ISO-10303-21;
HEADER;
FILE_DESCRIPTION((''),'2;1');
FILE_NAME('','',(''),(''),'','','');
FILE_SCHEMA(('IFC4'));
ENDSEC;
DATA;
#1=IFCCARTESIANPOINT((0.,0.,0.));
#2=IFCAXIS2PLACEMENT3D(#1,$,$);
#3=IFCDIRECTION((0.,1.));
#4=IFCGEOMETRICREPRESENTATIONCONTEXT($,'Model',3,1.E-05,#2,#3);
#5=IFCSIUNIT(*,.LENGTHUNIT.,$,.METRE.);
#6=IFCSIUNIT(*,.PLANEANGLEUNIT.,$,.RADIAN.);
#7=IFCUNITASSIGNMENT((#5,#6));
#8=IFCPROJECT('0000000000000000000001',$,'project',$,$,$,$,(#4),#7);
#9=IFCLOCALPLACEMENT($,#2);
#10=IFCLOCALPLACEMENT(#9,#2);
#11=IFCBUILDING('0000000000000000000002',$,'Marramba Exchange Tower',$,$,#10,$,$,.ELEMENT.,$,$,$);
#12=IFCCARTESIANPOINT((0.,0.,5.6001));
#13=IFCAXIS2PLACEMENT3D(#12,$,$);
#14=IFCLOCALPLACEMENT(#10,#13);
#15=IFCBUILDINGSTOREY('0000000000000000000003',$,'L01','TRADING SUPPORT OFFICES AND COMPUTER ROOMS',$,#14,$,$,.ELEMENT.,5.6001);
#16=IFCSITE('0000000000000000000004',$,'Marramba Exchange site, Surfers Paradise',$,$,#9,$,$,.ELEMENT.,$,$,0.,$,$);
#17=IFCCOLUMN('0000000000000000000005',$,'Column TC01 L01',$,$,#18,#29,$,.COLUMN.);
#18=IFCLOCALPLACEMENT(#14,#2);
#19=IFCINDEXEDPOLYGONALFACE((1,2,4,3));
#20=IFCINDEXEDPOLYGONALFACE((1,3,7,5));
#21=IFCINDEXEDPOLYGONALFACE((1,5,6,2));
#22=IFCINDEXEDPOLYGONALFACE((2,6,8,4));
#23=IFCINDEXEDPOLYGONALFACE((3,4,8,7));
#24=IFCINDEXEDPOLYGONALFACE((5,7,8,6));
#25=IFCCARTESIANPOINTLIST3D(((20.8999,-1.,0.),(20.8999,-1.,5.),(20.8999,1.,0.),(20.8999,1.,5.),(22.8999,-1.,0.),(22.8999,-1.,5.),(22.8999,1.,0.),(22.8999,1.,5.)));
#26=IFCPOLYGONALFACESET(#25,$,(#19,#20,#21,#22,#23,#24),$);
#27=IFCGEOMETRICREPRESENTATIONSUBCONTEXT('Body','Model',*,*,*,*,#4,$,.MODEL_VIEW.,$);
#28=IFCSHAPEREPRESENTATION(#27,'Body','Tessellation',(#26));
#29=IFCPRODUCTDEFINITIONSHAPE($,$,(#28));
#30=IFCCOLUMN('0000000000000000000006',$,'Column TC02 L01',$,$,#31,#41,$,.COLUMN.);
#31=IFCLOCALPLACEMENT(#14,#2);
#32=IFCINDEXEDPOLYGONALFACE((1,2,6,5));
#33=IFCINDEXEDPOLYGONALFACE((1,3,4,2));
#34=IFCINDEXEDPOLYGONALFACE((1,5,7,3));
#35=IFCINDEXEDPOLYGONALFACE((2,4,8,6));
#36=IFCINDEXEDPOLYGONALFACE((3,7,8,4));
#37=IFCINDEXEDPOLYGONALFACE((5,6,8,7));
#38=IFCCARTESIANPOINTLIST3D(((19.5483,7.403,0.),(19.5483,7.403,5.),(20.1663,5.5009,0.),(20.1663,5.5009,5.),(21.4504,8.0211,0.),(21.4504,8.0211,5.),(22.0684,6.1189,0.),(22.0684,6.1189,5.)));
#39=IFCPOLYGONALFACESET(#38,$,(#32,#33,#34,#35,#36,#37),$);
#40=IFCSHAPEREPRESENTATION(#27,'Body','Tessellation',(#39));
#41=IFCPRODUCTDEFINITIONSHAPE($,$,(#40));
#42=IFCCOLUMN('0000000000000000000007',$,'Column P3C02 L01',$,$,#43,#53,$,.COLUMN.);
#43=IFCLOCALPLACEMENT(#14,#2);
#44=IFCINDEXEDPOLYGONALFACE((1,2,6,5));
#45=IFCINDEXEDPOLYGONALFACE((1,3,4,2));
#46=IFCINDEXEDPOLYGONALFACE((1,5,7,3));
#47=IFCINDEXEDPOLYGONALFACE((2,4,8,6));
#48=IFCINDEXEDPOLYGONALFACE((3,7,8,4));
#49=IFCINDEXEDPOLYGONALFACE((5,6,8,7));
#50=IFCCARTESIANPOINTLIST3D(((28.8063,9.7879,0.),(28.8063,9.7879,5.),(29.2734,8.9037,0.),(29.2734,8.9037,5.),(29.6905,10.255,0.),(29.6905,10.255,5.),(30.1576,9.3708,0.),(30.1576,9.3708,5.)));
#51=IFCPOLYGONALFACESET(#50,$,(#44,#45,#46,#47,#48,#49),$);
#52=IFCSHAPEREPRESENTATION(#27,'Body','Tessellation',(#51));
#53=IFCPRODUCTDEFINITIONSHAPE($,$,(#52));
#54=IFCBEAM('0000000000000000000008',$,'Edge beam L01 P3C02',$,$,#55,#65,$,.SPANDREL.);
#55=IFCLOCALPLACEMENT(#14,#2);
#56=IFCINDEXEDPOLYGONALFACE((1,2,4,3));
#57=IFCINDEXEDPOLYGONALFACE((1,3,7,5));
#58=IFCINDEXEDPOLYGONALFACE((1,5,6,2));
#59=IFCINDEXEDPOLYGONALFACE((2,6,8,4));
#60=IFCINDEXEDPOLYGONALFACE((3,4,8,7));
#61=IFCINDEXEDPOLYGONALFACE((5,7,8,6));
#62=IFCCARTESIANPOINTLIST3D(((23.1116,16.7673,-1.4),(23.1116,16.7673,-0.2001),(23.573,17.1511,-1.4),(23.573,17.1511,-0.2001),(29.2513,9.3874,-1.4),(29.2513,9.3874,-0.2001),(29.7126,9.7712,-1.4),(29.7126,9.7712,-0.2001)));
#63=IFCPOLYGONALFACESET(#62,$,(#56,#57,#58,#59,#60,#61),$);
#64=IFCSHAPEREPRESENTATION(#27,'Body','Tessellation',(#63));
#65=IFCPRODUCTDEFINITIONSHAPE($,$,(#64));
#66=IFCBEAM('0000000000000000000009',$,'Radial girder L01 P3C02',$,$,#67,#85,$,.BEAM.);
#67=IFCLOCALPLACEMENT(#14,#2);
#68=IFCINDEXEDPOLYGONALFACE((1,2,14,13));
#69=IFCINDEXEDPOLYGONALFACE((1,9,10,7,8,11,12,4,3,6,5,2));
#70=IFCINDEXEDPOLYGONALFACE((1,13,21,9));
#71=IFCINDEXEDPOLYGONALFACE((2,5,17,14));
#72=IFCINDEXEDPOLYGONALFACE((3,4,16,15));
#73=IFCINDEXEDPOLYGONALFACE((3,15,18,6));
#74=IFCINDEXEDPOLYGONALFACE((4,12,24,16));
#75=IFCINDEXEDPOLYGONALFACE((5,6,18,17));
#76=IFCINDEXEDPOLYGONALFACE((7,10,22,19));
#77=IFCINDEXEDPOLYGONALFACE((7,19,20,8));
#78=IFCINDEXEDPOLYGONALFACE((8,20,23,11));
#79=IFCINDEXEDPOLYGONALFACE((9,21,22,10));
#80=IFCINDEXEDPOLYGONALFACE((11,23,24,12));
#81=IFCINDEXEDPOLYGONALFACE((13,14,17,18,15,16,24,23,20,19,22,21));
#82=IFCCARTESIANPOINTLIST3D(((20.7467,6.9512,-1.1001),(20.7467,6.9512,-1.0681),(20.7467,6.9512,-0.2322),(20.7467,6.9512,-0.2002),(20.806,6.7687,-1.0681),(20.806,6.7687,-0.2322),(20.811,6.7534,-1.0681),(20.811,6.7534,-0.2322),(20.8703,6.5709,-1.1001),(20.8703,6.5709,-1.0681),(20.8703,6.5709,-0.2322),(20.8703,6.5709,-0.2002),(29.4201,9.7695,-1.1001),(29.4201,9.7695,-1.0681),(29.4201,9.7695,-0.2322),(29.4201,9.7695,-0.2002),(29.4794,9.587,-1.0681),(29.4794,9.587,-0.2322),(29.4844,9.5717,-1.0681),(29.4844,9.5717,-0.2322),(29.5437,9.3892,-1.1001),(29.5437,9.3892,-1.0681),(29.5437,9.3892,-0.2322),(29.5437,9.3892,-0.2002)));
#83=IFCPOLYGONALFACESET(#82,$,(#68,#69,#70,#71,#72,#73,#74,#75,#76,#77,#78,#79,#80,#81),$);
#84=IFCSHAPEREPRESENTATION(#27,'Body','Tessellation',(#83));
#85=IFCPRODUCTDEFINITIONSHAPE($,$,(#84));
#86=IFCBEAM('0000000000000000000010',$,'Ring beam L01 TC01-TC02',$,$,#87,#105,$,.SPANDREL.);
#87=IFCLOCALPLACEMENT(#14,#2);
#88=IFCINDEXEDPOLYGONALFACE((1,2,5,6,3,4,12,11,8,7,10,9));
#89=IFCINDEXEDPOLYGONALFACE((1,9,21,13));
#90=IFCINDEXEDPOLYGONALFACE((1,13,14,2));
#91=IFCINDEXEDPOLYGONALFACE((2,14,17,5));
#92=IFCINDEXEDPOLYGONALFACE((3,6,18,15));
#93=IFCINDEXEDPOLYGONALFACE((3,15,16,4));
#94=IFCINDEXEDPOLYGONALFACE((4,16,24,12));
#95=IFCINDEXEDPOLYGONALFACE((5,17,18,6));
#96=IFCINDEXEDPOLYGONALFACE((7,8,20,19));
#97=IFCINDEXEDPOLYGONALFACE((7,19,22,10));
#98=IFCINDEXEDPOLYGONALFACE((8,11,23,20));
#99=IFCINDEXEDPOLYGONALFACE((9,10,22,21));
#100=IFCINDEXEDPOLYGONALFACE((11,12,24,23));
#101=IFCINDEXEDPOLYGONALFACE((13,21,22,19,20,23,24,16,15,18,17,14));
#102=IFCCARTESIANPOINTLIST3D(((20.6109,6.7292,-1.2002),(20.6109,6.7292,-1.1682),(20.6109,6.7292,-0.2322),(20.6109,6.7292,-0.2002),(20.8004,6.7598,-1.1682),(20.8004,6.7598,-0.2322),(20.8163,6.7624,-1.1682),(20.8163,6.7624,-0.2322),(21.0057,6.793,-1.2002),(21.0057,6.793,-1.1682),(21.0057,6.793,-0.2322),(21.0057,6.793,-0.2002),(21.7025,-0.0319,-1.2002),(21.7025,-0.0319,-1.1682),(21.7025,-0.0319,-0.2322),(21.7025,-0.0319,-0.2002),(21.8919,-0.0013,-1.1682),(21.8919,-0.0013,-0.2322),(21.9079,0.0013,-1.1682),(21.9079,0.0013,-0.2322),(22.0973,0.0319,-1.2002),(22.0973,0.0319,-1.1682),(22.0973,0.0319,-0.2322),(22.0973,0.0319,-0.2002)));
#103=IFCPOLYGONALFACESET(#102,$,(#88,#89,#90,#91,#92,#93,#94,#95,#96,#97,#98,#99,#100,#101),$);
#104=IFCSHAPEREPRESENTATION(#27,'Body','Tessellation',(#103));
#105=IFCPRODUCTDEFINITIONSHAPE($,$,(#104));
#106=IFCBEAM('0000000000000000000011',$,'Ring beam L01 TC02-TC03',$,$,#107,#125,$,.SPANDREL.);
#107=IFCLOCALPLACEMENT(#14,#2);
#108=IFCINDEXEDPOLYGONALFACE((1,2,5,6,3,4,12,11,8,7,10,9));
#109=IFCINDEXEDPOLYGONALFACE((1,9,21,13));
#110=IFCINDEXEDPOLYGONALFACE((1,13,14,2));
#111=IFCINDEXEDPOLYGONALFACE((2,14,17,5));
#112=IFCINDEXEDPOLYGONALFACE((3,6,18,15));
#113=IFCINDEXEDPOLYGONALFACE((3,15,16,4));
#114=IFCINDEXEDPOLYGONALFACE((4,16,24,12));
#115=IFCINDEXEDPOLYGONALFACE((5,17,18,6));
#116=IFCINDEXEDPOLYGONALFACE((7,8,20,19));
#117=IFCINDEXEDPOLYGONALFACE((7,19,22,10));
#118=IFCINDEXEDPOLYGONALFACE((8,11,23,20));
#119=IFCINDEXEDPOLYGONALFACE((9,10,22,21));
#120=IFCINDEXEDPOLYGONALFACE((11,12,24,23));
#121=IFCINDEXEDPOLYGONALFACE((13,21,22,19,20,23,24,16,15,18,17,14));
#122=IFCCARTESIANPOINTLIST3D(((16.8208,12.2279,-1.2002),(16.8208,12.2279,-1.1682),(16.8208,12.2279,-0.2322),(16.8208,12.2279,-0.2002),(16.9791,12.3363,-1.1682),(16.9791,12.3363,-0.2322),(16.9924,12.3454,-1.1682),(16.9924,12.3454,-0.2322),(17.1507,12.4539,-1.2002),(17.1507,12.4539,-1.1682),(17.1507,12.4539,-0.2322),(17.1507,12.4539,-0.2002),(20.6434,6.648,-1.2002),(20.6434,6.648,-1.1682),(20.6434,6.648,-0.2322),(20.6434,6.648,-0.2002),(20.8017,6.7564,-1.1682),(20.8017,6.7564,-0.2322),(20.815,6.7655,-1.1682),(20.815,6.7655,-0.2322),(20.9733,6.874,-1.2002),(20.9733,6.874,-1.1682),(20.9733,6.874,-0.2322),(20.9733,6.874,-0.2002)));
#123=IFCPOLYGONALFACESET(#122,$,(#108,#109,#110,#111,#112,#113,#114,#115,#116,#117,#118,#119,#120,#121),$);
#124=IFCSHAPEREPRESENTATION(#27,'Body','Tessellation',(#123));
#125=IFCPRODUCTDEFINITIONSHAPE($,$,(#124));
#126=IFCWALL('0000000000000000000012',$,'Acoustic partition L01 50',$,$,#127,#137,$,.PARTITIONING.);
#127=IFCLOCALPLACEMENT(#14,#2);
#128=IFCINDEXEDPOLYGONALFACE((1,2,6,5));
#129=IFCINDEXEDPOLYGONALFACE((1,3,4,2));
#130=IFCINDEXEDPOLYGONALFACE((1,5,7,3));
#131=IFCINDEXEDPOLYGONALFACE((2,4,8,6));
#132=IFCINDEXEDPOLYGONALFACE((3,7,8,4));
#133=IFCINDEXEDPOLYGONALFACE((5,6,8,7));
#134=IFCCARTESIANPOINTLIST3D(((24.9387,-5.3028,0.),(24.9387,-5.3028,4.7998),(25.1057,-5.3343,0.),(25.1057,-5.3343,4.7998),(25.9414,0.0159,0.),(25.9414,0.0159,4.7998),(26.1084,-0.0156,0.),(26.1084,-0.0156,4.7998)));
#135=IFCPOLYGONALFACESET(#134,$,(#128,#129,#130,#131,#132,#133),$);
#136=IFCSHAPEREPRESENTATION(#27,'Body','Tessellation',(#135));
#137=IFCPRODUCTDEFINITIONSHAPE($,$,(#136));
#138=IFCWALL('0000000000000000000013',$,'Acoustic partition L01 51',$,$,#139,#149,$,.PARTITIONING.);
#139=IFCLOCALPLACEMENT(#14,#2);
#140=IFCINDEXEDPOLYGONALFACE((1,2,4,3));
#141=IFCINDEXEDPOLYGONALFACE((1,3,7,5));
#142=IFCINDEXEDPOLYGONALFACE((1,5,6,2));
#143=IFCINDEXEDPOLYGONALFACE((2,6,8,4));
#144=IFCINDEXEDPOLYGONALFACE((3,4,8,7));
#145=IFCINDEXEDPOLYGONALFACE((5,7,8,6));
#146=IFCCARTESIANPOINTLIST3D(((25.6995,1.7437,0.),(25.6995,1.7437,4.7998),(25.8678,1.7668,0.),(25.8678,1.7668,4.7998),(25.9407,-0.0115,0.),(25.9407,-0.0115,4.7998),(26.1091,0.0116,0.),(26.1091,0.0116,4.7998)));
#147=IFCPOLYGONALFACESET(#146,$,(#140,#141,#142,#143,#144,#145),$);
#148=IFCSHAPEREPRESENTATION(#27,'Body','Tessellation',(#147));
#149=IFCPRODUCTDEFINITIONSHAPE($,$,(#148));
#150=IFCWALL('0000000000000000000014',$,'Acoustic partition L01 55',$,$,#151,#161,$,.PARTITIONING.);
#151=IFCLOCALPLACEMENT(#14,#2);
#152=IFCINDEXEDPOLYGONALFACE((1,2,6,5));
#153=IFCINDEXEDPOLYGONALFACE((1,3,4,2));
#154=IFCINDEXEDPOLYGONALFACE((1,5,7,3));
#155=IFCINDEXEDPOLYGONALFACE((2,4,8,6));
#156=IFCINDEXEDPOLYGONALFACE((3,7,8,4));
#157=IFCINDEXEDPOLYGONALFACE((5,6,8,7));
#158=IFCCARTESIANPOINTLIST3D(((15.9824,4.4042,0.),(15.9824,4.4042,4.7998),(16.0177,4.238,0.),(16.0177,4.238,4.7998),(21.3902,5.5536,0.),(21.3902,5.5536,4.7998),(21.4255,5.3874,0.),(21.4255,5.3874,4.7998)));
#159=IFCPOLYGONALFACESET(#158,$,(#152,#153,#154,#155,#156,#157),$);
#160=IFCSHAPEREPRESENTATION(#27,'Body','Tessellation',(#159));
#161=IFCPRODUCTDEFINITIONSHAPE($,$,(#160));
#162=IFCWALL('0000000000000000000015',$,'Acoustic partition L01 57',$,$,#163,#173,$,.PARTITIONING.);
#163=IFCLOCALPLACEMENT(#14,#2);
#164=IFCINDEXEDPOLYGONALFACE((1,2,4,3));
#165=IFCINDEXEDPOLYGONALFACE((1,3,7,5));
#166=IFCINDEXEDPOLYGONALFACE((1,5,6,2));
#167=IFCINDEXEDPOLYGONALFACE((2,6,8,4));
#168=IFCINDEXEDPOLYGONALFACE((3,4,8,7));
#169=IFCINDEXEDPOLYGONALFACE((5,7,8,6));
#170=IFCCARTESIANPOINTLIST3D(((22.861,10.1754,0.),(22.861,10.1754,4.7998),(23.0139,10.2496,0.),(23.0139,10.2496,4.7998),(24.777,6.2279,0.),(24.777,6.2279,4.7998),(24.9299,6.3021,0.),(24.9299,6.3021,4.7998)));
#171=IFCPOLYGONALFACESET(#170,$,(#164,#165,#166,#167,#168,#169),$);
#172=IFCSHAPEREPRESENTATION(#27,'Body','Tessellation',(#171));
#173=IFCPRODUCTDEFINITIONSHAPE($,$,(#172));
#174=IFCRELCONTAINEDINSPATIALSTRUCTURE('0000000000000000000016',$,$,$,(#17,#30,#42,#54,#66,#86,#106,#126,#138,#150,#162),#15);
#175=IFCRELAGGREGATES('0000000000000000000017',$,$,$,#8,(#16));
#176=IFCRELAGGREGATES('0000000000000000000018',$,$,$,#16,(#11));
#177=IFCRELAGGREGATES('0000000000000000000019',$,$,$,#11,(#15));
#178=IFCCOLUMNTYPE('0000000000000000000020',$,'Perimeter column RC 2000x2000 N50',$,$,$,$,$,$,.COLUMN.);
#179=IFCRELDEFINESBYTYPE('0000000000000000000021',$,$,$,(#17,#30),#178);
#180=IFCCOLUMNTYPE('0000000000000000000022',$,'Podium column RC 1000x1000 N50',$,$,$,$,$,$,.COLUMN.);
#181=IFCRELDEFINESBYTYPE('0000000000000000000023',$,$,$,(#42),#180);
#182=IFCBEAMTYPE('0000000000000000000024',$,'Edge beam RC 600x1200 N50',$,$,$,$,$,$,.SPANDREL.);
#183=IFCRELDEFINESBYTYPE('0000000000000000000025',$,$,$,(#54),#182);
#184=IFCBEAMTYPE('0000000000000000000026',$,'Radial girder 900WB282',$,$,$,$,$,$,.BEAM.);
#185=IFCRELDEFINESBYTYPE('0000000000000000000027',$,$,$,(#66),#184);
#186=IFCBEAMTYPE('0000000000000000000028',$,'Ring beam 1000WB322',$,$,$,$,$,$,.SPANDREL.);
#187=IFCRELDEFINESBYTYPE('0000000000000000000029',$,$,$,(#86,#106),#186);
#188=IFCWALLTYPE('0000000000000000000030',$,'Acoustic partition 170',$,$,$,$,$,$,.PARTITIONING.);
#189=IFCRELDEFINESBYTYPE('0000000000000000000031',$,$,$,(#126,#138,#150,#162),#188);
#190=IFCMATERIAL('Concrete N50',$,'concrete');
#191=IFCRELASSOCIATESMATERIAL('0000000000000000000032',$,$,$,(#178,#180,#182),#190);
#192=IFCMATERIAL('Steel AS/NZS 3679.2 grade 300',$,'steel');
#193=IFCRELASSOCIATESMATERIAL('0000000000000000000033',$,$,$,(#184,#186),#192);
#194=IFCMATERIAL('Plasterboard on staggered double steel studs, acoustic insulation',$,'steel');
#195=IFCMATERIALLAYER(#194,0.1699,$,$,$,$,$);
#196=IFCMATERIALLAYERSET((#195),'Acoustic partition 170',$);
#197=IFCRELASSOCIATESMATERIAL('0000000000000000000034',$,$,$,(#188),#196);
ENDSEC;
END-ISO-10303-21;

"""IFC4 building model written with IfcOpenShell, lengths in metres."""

from ifc_helpers import new_model, si_unit, direction, frame, frame_2d, origin, origin_2d, place, context, subcontext, project, spatial, rectangle, i_section, extrude, material, layer, layer_set, material_profile, profile_set, type_object, element, save


model = new_model("IFC4")

# Units and contexts
model_context = context("Model", 3, precision=1e-05, world=origin(), true_north=direction((0.0, 1.0)))
body_context = subcontext(model_context, "Body", "Model", "MODEL_VIEW")
ifc_project = project(units=[si_unit("LENGTHUNIT", "METRE"), si_unit("PLANEANGLEUNIT", "RADIAN")], contexts=[model_context])

# Site, building, storey
site_placement = place(None, origin())
site = spatial("IfcSite", under=ifc_project, at=site_placement, Name="Marramba Exchange site, Surfers Paradise", CompositionType="ELEMENT", RefElevation=0.0)
building_placement = place(site_placement, origin())
building = spatial("IfcBuilding", under=site, at=building_placement, Name="Marramba Exchange Tower", CompositionType="ELEMENT")
storey_placement = place(building_placement, frame((0.0, 0.0, 5.6001)))
storey = spatial("IfcBuildingStorey", under=building, at=storey_placement, Name="L01", Description="TRADING SUPPORT OFFICES AND COMPUTER ROOMS", CompositionType="ELEMENT", Elevation=5.6001)

# Columns
ifc_material_1 = material(Name="Concrete N50", Category="concrete")
ifc_material_profile_1 = material_profile(ifc_material_1, rectangle(XDim=2.0, YDim=2.0, at=origin_2d()), Name="RC 2000x2000")
ifc_profile_set_1 = profile_set([ifc_material_profile_1], Name="Concrete N50")
column_type_1 = type_object("IfcColumnType", Name="Perimeter column RC 2000x2000 N50", PredefinedType="COLUMN", material=ifc_profile_set_1)
for number, where, z_axis, x_axis, name in (
    (1, (21.8999, 0.0, 0.0), (0.0, 0.0, 1.0), (1.0, 0.0, 0.0), "Column TC01 L01"),
    (2, (20.8083, 6.761, 0.0), (0.0, 0.0, 1.0), (0.951057, 0.309017, 0.0), "Column TC02 L01"),
):
    element("IfcColumn", number, at=place(storey_placement, frame(where, z_axis=z_axis, x_axis=x_axis)), inside=storey, type_object=column_type_1, Name=name, PredefinedType="COLUMN", context=body_context, shape_type="SweptSolid", body=[
        extrude(rectangle(XDim=2.0, YDim=2.0, at=origin_2d()), origin(), (0.0, 0.0, 1.0), 5.0),
    ])
ifc_material_profile_2 = material_profile(ifc_material_1, rectangle(XDim=1.0, YDim=1.0, at=origin_2d()), Name="RC 1000x1000")
ifc_profile_set_2 = profile_set([ifc_material_profile_2], Name="Concrete N50")
column_type_2 = type_object("IfcColumnType", Name="Podium column RC 1000x1000 N50", PredefinedType="COLUMN", material=ifc_profile_set_2)
column_placement = place(storey_placement, frame((29.4819, 9.5793, 0.0), z_axis=(0.0, 0.0, 1.0), x_axis=(0.884188, 0.467131, 0.0)))
element("IfcColumn", 3, at=column_placement, inside=storey, type_object=column_type_2, Name="Column P3C02 L01", PredefinedType="COLUMN", context=body_context, shape_type="SweptSolid", body=[
    extrude(rectangle(XDim=1.0, YDim=1.0, at=origin_2d()), origin(), (0.0, 0.0, 1.0), 5.0),
])

# Beams
ifc_material_profile_3 = material_profile(ifc_material_1, rectangle(XDim=0.6001, YDim=1.2, at=origin_2d()), Name="RC 600x1200")
ifc_profile_set_3 = profile_set([ifc_material_profile_3], Name="Concrete N50")
beam_type_1 = type_object("IfcBeamType", Name="Edge beam RC 600x1200 N50", PredefinedType="SPANDREL", material=ifc_profile_set_3)
beam_1_placement = place(storey_placement, frame((29.4819, 9.5793, -0.8), z_axis=(-0.639554, 0.768746, 0.0), x_axis=(-0.768746, -0.639554, 0.0)))
element("IfcBeam", 4, at=beam_1_placement, inside=storey, type_object=beam_type_1, Name="Edge beam L01 P3C02", PredefinedType="SPANDREL", context=body_context, shape_type="SweptSolid", body=[
    extrude(rectangle(XDim=0.6001, YDim=1.2, at=origin_2d()), origin(), (0.0, 0.0, 1.0), 9.5999),
])
ifc_material_2 = material(Name="Steel AS/NZS 3679.2 grade 300", Category="steel")
ifc_material_profile_4 = material_profile(ifc_material_2, i_section(OverallWidth=0.3999, OverallDepth=0.8999, WebThickness=0.0161, FlangeThickness=0.032, at=origin_2d()), Name="900WB282")
ifc_profile_set_4 = profile_set([ifc_material_profile_4], Name="Steel AS/NZS 3679.2 grade 300")
beam_type_2 = type_object("IfcBeamType", Name="Radial girder 900WB282", PredefinedType="BEAM", material=ifc_profile_set_4)
beam_2_placement = place(storey_placement, frame((29.4819, 9.5793, -0.6501), z_axis=(-0.951052, -0.309031, 0.0), x_axis=(0.309031, -0.951052, 0.0)))
element("IfcBeam", 5, at=beam_2_placement, inside=storey, type_object=beam_type_2, Name="Radial girder L01 P3C02", PredefinedType="BEAM", context=body_context, shape_type="SweptSolid", body=[
    extrude(i_section(OverallWidth=0.3999, OverallDepth=0.8999, WebThickness=0.0161, FlangeThickness=0.032, at=origin_2d()), origin(), (0.0, 0.0, 1.0), 9.1199),
])
ifc_material_profile_5 = material_profile(ifc_material_2, i_section(OverallWidth=0.3999, OverallDepth=1.0, WebThickness=0.0161, FlangeThickness=0.032, at=origin_2d()), Name="1000WB322")
ifc_profile_set_5 = profile_set([ifc_material_profile_5], Name="Steel AS/NZS 3679.2 grade 300")
beam_type_3 = type_object("IfcBeamType", Name="Ring beam 1000WB322", PredefinedType="SPANDREL", material=ifc_profile_set_5)
beam_3_placement = place(storey_placement, frame((21.8999, 0.0, -0.7002), z_axis=(-0.159385, 0.987217, 0.0), x_axis=(-0.987217, -0.159385, 0.0)))
element("IfcBeam", 6, at=beam_3_placement, inside=storey, type_object=beam_type_3, Name="Ring beam L01 TC01-TC02", PredefinedType="SPANDREL", context=body_context, shape_type="SweptSolid", body=[
    extrude(i_section(OverallWidth=0.3999, OverallDepth=1.0, WebThickness=0.0161, FlangeThickness=0.032, at=origin_2d()), origin(), (0.0, 0.0, 1.0), 6.8486),
])
beam_4_placement = place(storey_placement, frame((20.8083, 6.761, -0.7002), z_axis=(-0.56516, 0.824981, 0.0), x_axis=(-0.824981, -0.56516, 0.0)))
element("IfcBeam", 7, at=beam_4_placement, inside=storey, type_object=beam_type_3, Name="Ring beam L01 TC02-TC03", PredefinedType="SPANDREL", context=body_context, shape_type="SweptSolid", body=[
    extrude(i_section(OverallWidth=0.3999, OverallDepth=1.0, WebThickness=0.0161, FlangeThickness=0.032, at=origin_2d()), origin(), (0.0, 0.0, 1.0), 6.7637),
])

# Walls
ifc_material_3 = material(Name="Plasterboard on staggered double steel studs, acoustic insulation", Category="steel")
ifc_layer_1 = layer(ifc_material_3, 0.1699)
ifc_layer_set_1 = layer_set([ifc_layer_1], Name="Acoustic partition 170")
wall_type_1 = type_object("IfcWallType", Name="Acoustic partition 170", PredefinedType="PARTITIONING", material=ifc_layer_set_1)
wall_1_placement = place(storey_placement, frame((26.0249, 0.0, 0.0), z_axis=(0.0, 0.0, 1.0), x_axis=(-0.185261, -0.982689, 0.0)))
element("IfcWall", 8, at=wall_1_placement, inside=storey, type_object=wall_type_1, Name="Acoustic partition L01 50", PredefinedType="PARTITIONING", context=body_context, shape_type="SweptSolid", body=[
    extrude(rectangle(XDim=5.4124, YDim=0.1699, at=frame_2d((2.7061, 0.0))), origin(), (0.0, 0.0, 1.0), 4.7998),
])
wall_2_placement = place(storey_placement, frame((25.7837, 1.7551, 0.0), z_axis=(0.0, 0.0, 1.0), x_axis=(0.136152, -0.990688, 0.0)))
element("IfcWall", 9, at=wall_2_placement, inside=storey, type_object=wall_type_1, Name="Acoustic partition L01 51", PredefinedType="PARTITIONING", context=body_context, shape_type="SweptSolid", body=[
    extrude(rectangle(XDim=1.7717, YDim=0.1699, at=frame_2d((0.8857, 0.0))), origin(), (0.0, 0.0, 1.0), 4.7998),
])
wall_3_placement = place(storey_placement, frame((21.4077, 5.4705, 0.0), z_axis=(0.0, 0.0, 1.0), x_axis=(-0.978149, -0.207906, 0.0)))
element("IfcWall", 10, at=wall_3_placement, inside=storey, type_object=wall_type_1, Name="Acoustic partition L01 55", PredefinedType="PARTITIONING", context=body_context, shape_type="SweptSolid", body=[
    extrude(rectangle(XDim=5.5286, YDim=0.1699, at=frame_2d((2.7642, 0.0))), origin(), (0.0, 0.0, 1.0), 4.7998),
])
wall_4_placement = place(storey_placement, frame((22.9375, 10.2124, 0.0), z_axis=(0.0, 0.0, 1.0), x_axis=(0.436656, -0.899629, 0.0)))
element("IfcWall", 11, at=wall_4_placement, inside=storey, type_object=wall_type_1, Name="Acoustic partition L01 57", PredefinedType="PARTITIONING", context=body_context, shape_type="SweptSolid", body=[
    extrude(rectangle(XDim=4.3879, YDim=0.1699, at=frame_2d((2.1938, 0.0))), origin(), (0.0, 0.0, 1.0), 4.7998),
])

save(model, "model.ifc")
